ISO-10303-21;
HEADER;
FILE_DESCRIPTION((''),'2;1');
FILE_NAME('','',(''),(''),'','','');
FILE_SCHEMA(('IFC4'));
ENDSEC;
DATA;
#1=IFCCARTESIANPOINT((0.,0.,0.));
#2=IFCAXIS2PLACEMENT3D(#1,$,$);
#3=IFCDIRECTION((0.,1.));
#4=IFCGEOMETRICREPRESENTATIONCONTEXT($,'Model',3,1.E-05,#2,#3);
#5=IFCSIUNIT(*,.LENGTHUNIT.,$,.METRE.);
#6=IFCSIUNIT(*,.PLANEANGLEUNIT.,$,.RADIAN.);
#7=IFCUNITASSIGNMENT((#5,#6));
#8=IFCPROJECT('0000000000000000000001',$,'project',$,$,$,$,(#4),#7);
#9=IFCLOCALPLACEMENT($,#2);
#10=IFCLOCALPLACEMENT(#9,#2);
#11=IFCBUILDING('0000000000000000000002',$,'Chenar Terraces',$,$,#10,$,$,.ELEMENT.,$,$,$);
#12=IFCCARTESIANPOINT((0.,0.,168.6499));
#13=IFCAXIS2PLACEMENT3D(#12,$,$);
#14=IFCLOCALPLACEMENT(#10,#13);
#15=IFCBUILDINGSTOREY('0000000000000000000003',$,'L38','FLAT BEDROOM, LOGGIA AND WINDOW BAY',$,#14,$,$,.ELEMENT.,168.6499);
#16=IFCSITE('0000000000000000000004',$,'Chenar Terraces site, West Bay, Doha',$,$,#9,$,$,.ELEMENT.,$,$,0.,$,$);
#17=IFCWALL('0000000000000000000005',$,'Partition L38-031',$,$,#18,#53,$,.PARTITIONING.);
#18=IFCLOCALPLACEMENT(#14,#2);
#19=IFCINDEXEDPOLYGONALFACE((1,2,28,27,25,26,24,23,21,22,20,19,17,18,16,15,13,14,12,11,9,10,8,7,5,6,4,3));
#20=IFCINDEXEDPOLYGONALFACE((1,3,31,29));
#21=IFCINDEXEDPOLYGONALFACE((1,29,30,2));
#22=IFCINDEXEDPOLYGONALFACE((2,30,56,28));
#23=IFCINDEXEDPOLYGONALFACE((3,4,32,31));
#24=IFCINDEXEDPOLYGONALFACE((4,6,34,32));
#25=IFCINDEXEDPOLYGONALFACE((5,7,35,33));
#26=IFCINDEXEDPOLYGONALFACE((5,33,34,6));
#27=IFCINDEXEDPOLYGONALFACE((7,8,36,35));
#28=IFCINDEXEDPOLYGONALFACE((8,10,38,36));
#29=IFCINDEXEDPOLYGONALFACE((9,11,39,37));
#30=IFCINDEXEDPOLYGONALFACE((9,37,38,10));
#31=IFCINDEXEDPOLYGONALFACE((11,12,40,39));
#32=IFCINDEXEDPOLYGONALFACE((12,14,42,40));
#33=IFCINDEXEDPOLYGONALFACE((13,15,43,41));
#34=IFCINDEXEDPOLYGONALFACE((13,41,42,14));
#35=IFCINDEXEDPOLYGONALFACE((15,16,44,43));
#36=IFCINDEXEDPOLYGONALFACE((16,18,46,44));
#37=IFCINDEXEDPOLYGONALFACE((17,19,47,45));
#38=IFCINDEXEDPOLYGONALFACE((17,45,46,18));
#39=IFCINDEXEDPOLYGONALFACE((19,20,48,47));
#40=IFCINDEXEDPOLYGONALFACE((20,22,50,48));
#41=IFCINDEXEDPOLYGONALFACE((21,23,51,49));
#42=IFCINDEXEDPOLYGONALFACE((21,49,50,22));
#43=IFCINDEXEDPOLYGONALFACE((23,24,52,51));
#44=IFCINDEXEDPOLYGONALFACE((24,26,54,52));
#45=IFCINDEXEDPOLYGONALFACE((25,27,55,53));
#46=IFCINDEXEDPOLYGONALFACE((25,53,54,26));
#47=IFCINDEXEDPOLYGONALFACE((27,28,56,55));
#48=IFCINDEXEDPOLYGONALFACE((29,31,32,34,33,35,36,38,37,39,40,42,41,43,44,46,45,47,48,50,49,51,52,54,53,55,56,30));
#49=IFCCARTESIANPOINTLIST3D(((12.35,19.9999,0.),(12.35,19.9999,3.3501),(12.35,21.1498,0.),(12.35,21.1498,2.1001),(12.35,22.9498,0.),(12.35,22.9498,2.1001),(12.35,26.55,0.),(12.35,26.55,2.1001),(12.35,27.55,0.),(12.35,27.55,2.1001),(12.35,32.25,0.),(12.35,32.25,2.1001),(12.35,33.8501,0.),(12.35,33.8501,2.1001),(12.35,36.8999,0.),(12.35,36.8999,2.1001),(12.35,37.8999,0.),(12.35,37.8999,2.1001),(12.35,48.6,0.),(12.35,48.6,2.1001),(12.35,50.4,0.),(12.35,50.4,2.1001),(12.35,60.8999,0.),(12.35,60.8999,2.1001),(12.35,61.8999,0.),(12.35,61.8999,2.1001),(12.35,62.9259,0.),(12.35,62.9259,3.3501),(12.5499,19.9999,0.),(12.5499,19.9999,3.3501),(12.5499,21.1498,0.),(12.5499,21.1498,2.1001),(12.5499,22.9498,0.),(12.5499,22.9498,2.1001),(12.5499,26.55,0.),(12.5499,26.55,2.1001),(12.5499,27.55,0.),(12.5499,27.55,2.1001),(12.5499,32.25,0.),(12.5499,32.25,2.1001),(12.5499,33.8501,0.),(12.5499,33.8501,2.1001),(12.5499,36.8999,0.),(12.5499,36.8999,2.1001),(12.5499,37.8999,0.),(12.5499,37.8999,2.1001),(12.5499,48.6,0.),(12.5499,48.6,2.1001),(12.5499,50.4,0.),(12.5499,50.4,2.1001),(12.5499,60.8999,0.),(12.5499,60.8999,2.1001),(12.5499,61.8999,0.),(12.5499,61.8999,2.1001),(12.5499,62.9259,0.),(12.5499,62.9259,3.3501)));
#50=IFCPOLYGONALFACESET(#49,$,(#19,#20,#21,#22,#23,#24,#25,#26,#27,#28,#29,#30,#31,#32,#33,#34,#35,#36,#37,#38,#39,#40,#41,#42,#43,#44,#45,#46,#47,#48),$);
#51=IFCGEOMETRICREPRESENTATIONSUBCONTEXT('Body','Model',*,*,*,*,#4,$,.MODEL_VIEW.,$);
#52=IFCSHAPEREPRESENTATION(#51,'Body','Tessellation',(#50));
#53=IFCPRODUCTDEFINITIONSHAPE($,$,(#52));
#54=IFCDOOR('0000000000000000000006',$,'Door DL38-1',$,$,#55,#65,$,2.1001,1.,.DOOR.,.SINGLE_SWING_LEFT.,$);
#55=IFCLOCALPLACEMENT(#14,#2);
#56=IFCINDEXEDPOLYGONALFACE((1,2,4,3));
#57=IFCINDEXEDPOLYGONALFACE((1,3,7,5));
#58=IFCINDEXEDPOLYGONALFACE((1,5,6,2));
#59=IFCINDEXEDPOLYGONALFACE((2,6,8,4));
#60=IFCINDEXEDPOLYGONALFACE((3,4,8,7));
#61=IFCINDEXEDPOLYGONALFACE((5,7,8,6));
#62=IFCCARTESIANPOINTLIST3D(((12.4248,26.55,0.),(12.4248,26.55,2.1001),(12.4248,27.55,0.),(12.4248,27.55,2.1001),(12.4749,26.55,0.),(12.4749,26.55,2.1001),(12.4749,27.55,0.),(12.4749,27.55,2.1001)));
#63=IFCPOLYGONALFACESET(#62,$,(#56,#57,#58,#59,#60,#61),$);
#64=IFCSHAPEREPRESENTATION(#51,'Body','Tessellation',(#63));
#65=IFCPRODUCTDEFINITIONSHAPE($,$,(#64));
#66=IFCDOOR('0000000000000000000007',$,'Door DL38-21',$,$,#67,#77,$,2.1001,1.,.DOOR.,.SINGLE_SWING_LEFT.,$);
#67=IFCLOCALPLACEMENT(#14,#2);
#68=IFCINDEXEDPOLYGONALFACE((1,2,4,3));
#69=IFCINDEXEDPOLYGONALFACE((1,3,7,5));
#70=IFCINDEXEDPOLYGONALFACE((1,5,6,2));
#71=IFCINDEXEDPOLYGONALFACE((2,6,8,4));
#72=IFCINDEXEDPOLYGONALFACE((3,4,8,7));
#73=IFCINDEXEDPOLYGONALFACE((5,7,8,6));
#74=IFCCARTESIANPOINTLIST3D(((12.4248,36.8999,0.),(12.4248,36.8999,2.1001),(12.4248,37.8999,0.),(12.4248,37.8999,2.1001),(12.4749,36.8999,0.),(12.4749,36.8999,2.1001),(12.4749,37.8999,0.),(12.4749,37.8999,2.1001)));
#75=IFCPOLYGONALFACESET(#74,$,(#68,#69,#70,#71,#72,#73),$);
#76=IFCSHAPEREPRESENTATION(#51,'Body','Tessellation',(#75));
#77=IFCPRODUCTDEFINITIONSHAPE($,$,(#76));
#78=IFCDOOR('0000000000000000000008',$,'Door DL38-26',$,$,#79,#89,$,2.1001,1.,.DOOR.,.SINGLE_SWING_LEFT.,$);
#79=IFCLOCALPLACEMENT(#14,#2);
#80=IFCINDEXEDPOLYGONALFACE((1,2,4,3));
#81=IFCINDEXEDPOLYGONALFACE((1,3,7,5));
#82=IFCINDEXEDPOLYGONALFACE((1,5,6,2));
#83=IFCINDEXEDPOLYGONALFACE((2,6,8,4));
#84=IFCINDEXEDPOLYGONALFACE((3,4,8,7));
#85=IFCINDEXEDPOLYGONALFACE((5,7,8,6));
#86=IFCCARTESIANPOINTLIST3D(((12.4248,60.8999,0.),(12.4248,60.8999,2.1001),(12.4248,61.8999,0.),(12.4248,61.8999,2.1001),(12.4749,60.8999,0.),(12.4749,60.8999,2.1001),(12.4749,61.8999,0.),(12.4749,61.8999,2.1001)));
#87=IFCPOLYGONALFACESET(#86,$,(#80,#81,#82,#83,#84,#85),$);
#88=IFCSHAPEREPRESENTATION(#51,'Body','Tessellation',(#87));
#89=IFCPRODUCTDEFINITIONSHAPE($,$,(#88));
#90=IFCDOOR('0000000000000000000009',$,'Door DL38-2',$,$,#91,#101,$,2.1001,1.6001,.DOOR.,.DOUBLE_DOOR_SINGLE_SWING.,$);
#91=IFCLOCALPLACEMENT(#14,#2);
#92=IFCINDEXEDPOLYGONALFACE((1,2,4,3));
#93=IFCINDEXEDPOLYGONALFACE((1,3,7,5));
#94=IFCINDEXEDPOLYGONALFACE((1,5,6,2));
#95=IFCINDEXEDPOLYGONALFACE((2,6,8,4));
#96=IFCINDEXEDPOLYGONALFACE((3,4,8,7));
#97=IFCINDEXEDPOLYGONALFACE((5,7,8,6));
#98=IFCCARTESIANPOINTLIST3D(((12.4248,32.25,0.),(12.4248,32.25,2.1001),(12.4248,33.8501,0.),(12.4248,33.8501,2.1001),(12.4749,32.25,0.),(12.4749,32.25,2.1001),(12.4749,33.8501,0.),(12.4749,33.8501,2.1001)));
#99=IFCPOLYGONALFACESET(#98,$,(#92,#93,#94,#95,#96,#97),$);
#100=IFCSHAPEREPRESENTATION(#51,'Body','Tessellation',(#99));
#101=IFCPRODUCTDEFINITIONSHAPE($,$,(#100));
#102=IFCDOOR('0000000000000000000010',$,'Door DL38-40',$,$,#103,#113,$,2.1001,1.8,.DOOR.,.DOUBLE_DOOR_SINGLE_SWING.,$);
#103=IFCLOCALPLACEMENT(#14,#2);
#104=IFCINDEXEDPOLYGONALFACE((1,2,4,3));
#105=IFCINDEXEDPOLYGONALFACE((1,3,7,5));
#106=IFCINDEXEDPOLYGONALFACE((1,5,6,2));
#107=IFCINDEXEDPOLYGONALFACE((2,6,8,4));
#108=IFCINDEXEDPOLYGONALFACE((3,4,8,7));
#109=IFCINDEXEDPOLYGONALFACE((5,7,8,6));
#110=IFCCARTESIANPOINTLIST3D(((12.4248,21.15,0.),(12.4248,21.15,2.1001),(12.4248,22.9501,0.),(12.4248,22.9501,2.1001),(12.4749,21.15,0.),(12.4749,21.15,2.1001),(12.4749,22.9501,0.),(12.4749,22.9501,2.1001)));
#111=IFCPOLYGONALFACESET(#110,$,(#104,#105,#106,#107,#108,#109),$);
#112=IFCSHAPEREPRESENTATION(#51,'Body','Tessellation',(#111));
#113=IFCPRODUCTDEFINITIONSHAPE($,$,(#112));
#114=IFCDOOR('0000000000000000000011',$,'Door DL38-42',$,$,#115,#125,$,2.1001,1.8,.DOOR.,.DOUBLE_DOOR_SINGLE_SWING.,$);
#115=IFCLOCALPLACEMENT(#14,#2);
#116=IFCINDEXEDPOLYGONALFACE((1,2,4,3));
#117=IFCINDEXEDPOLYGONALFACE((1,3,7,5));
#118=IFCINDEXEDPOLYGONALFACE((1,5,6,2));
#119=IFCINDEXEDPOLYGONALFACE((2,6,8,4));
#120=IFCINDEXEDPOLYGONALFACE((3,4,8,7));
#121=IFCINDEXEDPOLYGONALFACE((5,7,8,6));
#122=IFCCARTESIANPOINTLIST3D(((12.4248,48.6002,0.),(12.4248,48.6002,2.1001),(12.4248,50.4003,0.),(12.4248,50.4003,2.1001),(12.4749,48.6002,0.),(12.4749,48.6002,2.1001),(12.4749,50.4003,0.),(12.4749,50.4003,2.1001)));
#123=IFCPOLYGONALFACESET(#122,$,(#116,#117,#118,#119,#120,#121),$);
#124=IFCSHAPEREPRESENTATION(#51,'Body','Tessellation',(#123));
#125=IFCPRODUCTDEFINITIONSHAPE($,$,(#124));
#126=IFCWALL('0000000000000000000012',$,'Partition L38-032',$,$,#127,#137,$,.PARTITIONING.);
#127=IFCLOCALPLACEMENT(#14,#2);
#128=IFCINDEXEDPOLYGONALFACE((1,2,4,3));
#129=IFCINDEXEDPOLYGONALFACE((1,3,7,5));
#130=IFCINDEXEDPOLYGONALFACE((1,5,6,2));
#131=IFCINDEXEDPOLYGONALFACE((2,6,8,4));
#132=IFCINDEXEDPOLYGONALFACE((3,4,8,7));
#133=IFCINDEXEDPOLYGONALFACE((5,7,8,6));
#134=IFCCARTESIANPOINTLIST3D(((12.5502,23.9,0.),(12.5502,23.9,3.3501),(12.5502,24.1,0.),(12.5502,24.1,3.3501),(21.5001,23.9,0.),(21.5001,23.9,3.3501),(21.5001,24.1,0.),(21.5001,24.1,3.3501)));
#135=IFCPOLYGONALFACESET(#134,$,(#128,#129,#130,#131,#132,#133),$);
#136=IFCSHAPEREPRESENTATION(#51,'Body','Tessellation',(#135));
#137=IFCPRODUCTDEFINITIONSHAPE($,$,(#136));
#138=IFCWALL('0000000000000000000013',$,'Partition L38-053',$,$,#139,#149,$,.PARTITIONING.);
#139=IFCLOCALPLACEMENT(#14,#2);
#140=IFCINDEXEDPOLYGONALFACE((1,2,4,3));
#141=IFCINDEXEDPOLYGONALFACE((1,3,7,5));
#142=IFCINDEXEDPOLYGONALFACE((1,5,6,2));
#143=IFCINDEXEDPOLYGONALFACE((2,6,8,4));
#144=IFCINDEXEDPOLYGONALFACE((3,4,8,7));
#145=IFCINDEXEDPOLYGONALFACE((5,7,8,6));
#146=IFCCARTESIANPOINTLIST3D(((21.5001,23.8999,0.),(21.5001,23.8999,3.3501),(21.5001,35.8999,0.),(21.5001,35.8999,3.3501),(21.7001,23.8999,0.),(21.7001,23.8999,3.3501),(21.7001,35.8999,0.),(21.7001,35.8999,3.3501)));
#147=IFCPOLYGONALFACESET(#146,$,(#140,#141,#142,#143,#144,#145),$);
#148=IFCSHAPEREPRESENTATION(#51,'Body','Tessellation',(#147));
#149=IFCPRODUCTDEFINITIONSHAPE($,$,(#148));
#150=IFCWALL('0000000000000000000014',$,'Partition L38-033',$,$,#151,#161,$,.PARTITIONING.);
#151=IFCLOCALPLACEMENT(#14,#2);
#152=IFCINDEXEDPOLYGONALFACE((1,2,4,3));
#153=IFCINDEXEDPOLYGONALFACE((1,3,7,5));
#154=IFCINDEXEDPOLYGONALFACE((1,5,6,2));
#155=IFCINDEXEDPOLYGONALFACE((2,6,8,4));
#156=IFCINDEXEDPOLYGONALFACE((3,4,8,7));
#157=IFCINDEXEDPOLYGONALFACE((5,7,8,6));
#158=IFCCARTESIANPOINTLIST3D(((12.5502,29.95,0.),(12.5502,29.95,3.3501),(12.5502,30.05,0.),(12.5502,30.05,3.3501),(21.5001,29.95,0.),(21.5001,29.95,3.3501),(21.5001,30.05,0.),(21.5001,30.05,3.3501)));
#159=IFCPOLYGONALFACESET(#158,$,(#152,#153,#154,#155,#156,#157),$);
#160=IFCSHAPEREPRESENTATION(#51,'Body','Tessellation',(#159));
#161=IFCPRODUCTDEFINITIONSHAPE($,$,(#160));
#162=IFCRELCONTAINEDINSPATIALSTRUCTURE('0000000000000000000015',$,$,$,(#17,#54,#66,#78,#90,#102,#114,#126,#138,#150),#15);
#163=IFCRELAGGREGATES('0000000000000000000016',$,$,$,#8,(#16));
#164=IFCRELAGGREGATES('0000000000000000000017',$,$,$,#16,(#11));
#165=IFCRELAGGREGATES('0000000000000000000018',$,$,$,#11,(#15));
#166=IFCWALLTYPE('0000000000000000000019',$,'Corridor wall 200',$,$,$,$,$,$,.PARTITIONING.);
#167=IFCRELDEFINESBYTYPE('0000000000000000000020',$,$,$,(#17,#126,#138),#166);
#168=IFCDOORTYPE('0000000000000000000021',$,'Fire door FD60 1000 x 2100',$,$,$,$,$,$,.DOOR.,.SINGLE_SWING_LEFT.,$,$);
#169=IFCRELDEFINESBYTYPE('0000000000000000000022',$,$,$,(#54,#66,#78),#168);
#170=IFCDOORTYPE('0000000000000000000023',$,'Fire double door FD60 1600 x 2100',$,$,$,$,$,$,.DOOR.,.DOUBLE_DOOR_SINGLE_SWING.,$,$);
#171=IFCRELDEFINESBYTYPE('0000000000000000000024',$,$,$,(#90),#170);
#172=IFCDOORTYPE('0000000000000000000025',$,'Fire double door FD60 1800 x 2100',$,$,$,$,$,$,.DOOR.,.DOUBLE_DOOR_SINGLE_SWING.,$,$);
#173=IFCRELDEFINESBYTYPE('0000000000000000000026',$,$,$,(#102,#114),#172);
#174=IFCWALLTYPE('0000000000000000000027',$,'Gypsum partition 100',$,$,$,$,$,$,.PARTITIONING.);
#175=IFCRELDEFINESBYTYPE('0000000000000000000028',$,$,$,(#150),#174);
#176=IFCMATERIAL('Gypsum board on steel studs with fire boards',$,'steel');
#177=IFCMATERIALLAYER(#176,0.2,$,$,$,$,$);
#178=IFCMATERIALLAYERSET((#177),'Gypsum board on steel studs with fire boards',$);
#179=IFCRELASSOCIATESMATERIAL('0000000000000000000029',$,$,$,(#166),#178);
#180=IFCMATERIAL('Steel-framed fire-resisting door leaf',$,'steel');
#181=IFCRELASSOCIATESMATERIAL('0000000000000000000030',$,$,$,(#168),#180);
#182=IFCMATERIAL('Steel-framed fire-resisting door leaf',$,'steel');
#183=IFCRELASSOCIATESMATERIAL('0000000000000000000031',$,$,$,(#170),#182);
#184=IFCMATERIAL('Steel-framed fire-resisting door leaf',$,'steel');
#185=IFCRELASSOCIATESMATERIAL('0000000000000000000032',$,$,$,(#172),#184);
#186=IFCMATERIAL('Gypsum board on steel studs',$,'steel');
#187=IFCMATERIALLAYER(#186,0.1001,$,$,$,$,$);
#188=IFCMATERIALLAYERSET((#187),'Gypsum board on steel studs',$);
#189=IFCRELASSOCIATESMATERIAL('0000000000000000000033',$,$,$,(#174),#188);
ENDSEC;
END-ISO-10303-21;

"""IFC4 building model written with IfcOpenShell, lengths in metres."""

from ifc_helpers import new_model, si_unit, direction, frame, frame_2d, origin, place, context, subcontext, project, spatial, rectangle, extrude, material, layer, layer_set, type_object, element, fill, save


model = new_model("IFC4")

# Units and contexts
model_context = context("Model", 3, precision=1e-05, world=origin(), true_north=direction((0.0, 1.0)))
body_context = subcontext(model_context, "Body", "Model", "MODEL_VIEW")
ifc_project = project(units=[si_unit("LENGTHUNIT", "METRE"), si_unit("PLANEANGLEUNIT", "RADIAN")], contexts=[model_context])

# Site, building, storey
site_placement = place(None, origin())
site = spatial("IfcSite", under=ifc_project, at=site_placement, Name="Chenar Terraces site, West Bay, Doha", CompositionType="ELEMENT", RefElevation=0.0)
building_placement = place(site_placement, origin())
building = spatial("IfcBuilding", under=site, at=building_placement, Name="Chenar Terraces", CompositionType="ELEMENT")
storey_placement = place(building_placement, frame((0.0, 0.0, 168.6499)))
storey = spatial("IfcBuildingStorey", under=building, at=storey_placement, Name="L38", Description="FLAT BEDROOM, LOGGIA AND WINDOW BAY", CompositionType="ELEMENT", Elevation=168.6499)

# Wall, openings, doors
ifc_material_1 = material(Name="Gypsum board on steel studs with fire boards", Category="steel")
ifc_layer_1 = layer(ifc_material_1, 0.2)
ifc_layer_set_1 = layer_set([ifc_layer_1], Name="Gypsum board on steel studs with fire boards")
wall_type_1 = type_object("IfcWallType", Name="Corridor wall 200", PredefinedType="PARTITIONING", material=ifc_layer_set_1)
wall_1_placement = place(storey_placement, frame((12.45, 20.0, 0.0), z_axis=(0.0, 0.0, 1.0), x_axis=(0.0, 1.0, 0.0)))
wall_1 = element("IfcWall", 1, at=wall_1_placement, inside=storey, type_object=wall_type_1, Name="Partition L38-031", PredefinedType="PARTITIONING", context=body_context, shape_type="SweptSolid", body=[
    extrude(rectangle(XDim=42.926, YDim=0.2, at=frame_2d((21.4629, 0.0))), origin(), (0.0, 0.0, 1.0), 3.3501),
])
opening_1_placement = place(wall_1_placement, frame((6.55, 0.0, 0.0)))
opening_1 = element("IfcOpeningElement", 2, at=opening_1_placement, cuts=wall_1, PredefinedType="OPENING", context=body_context, shape_type="SweptSolid", body=[
    extrude(rectangle(XDim=1.0, YDim=2.1001, at=frame_2d((0.5, 1.05))), frame((0.0, 0.1099, 0.0), z_axis=(0.0, -1.0, 0.0), x_axis=(1.0, 0.0, 0.0)), (0.0, 0.0, 1.0), 0.22),
])
opening_2_placement = place(wall_1_placement, frame((12.25, 0.0, 0.0)))
opening_2 = element("IfcOpeningElement", 3, at=opening_2_placement, cuts=wall_1, PredefinedType="OPENING", context=body_context, shape_type="SweptSolid", body=[
    extrude(rectangle(XDim=1.6001, YDim=2.1001, at=frame_2d((0.8, 1.05))), frame((0.0, 0.1099, 0.0), z_axis=(0.0, -1.0, 0.0), x_axis=(1.0, 0.0, 0.0)), (0.0, 0.0, 1.0), 0.22),
])
opening_3_placement = place(wall_1_placement, frame((16.8999, 0.0, 0.0)))
opening_3 = element("IfcOpeningElement", 4, at=opening_3_placement, cuts=wall_1, PredefinedType="OPENING", context=body_context, shape_type="SweptSolid", body=[
    extrude(rectangle(XDim=1.0, YDim=2.1001, at=frame_2d((0.5, 1.05))), frame((0.0, 0.1099, 0.0), z_axis=(0.0, -1.0, 0.0), x_axis=(1.0, 0.0, 0.0)), (0.0, 0.0, 1.0), 0.22),
])
opening_4_placement = place(wall_1_placement, frame((40.8999, 0.0, 0.0)))
opening_4 = element("IfcOpeningElement", 5, at=opening_4_placement, cuts=wall_1, PredefinedType="OPENING", context=body_context, shape_type="SweptSolid", body=[
    extrude(rectangle(XDim=1.0, YDim=2.1001, at=frame_2d((0.5, 1.05))), frame((0.0, 0.1099, 0.0), z_axis=(0.0, -1.0, 0.0), x_axis=(1.0, 0.0, 0.0)), (0.0, 0.0, 1.0), 0.22),
])
opening_5_placement = place(wall_1_placement, frame((1.1499, 0.0, 0.0)))
opening_5 = element("IfcOpeningElement", 6, at=opening_5_placement, cuts=wall_1, PredefinedType="OPENING", context=body_context, shape_type="SweptSolid", body=[
    extrude(rectangle(XDim=1.8, YDim=2.1001, at=frame_2d((0.8999, 1.05))), frame((0.0, 0.1099, 0.0), z_axis=(0.0, -1.0, 0.0), x_axis=(1.0, 0.0, 0.0)), (0.0, 0.0, 1.0), 0.22),
])
opening_6_placement = place(wall_1_placement, frame((28.6001, 0.0, 0.0)))
opening_6 = element("IfcOpeningElement", 7, at=opening_6_placement, cuts=wall_1, PredefinedType="OPENING", context=body_context, shape_type="SweptSolid", body=[
    extrude(rectangle(XDim=1.8, YDim=2.1001, at=frame_2d((0.8999, 1.05))), frame((0.0, 0.1099, 0.0), z_axis=(0.0, -1.0, 0.0), x_axis=(1.0, 0.0, 0.0)), (0.0, 0.0, 1.0), 0.22),
])
ifc_material_2 = material(Name="Steel-framed fire-resisting door leaf", Category="steel")
door_type_1 = type_object("IfcDoorType", Name="Fire door FD60 1000 x 2100", OperationType="SINGLE_SWING_LEFT", PredefinedType="DOOR", material=ifc_material_2)
door_1_placement = place(opening_1_placement, frame((1.0, 0.0, 0.0), z_axis=(0.0, 0.0, 1.0), x_axis=(-1.0, 0.0, 0.0)))
door_1 = element("IfcDoor", 8, at=door_1_placement, inside=storey, type_object=door_type_1, Name="Door DL38-1", OperationType="SINGLE_SWING_LEFT", OverallHeight=2.1001, OverallWidth=1.0, PredefinedType="DOOR", context=body_context, shape_type="SweptSolid", body=[
    extrude(rectangle(XDim=1.0, YDim=2.1001, at=frame_2d((0.5, 1.05))), frame((0.0, 0.0249, 0.0), z_axis=(0.0, -1.0, 0.0), x_axis=(1.0, 0.0, 0.0)), (0.0, 0.0, 1.0), 0.05),
])
fill(opening_1, door_1)
door_2_placement = place(opening_3_placement, frame((1.0, 0.0, 0.0), z_axis=(0.0, 0.0, 1.0), x_axis=(-1.0, 0.0, 0.0)))
door_2 = element("IfcDoor", 9, at=door_2_placement, inside=storey, type_object=door_type_1, Name="Door DL38-21", OperationType="SINGLE_SWING_LEFT", OverallHeight=2.1001, OverallWidth=1.0, PredefinedType="DOOR", context=body_context, shape_type="SweptSolid", body=[
    extrude(rectangle(XDim=1.0, YDim=2.1001, at=frame_2d((0.5, 1.05))), frame((0.0, 0.0249, 0.0), z_axis=(0.0, -1.0, 0.0), x_axis=(1.0, 0.0, 0.0)), (0.0, 0.0, 1.0), 0.05),
])
fill(opening_3, door_2)
door_3_placement = place(opening_4_placement, frame((1.0, 0.0, 0.0), z_axis=(0.0, 0.0, 1.0), x_axis=(-1.0, 0.0, 0.0)))
door_3 = element("IfcDoor", 10, at=door_3_placement, inside=storey, type_object=door_type_1, Name="Door DL38-26", OperationType="SINGLE_SWING_LEFT", OverallHeight=2.1001, OverallWidth=1.0, PredefinedType="DOOR", context=body_context, shape_type="SweptSolid", body=[
    extrude(rectangle(XDim=1.0, YDim=2.1001, at=frame_2d((0.5, 1.05))), frame((0.0, 0.0249, 0.0), z_axis=(0.0, -1.0, 0.0), x_axis=(1.0, 0.0, 0.0)), (0.0, 0.0, 1.0), 0.05),
])
fill(opening_4, door_3)
ifc_material_3 = material(Name="Steel-framed fire-resisting door leaf", Category="steel")
door_type_2 = type_object("IfcDoorType", Name="Fire double door FD60 1600 x 2100", OperationType="DOUBLE_DOOR_SINGLE_SWING", PredefinedType="DOOR", material=ifc_material_3)
door_4_placement = place(opening_2_placement, frame((1.6001, 0.0, 0.0), z_axis=(0.0, 0.0, 1.0), x_axis=(-1.0, 0.0, 0.0)))
door_4 = element("IfcDoor", 11, at=door_4_placement, inside=storey, type_object=door_type_2, Name="Door DL38-2", OperationType="DOUBLE_DOOR_SINGLE_SWING", OverallHeight=2.1001, OverallWidth=1.6001, PredefinedType="DOOR", context=body_context, shape_type="SweptSolid", body=[
    extrude(rectangle(XDim=1.6001, YDim=2.1001, at=frame_2d((0.8, 1.05))), frame((0.0, 0.0249, 0.0), z_axis=(0.0, -1.0, 0.0), x_axis=(1.0, 0.0, 0.0)), (0.0, 0.0, 1.0), 0.05),
])
fill(opening_2, door_4)
ifc_material_4 = material(Name="Steel-framed fire-resisting door leaf", Category="steel")
door_type_3 = type_object("IfcDoorType", Name="Fire double door FD60 1800 x 2100", OperationType="DOUBLE_DOOR_SINGLE_SWING", PredefinedType="DOOR", material=ifc_material_4)
door_5_placement = place(opening_5_placement, frame((1.8, 0.0, 0.0), z_axis=(0.0, 0.0, 1.0), x_axis=(-1.0, 0.0, 0.0)))
door_5 = element("IfcDoor", 12, at=door_5_placement, inside=storey, type_object=door_type_3, Name="Door DL38-40", OperationType="DOUBLE_DOOR_SINGLE_SWING", OverallHeight=2.1001, OverallWidth=1.8, PredefinedType="DOOR", context=body_context, shape_type="SweptSolid", body=[
    extrude(rectangle(XDim=1.8, YDim=2.1001, at=frame_2d((0.8999, 1.05))), frame((0.0, 0.0249, 0.0), z_axis=(0.0, -1.0, 0.0), x_axis=(1.0, 0.0, 0.0)), (0.0, 0.0, 1.0), 0.05),
])
fill(opening_5, door_5)
door_6_placement = place(opening_6_placement, frame((1.8, 0.0, 0.0), z_axis=(0.0, 0.0, 1.0), x_axis=(-1.0, 0.0, 0.0)))
door_6 = element("IfcDoor", 13, at=door_6_placement, inside=storey, type_object=door_type_3, Name="Door DL38-42", OperationType="DOUBLE_DOOR_SINGLE_SWING", OverallHeight=2.1001, OverallWidth=1.8, PredefinedType="DOOR", context=body_context, shape_type="SweptSolid", body=[
    extrude(rectangle(XDim=1.8, YDim=2.1001, at=frame_2d((0.8999, 1.05))), frame((0.0, 0.0249, 0.0), z_axis=(0.0, -1.0, 0.0), x_axis=(1.0, 0.0, 0.0)), (0.0, 0.0, 1.0), 0.05),
])
fill(opening_6, door_6)

# Walls
wall_2_placement = place(storey_placement, frame((12.55, 24.0, 0.0), z_axis=(0.0, 0.0, 1.0), x_axis=(1.0, 0.0, 0.0)))
element("IfcWall", 14, at=wall_2_placement, inside=storey, type_object=wall_type_1, Name="Partition L38-032", PredefinedType="PARTITIONING", context=body_context, shape_type="SweptSolid", body=[
    extrude(rectangle(XDim=8.95, YDim=0.2, at=frame_2d((4.4751, 0.0))), origin(), (0.0, 0.0, 1.0), 3.3501),
])
wall_3_placement = place(storey_placement, frame((21.6001, 23.8999, 0.0), z_axis=(0.0, 0.0, 1.0), x_axis=(0.0, 1.0, 0.0)))
element("IfcWall", 15, at=wall_3_placement, inside=storey, type_object=wall_type_1, Name="Partition L38-053", PredefinedType="PARTITIONING", context=body_context, shape_type="SweptSolid", body=[
    extrude(rectangle(XDim=12.0, YDim=0.2, at=frame_2d((6.0, 0.0))), origin(), (0.0, 0.0, 1.0), 3.3501),
])
ifc_material_5 = material(Name="Gypsum board on steel studs", Category="steel")
ifc_layer_2 = layer(ifc_material_5, 0.1001)
ifc_layer_set_2 = layer_set([ifc_layer_2], Name="Gypsum board on steel studs")
wall_type_2 = type_object("IfcWallType", Name="Gypsum partition 100", PredefinedType="PARTITIONING", material=ifc_layer_set_2)
wall_4_placement = place(storey_placement, frame((12.55, 30.0, 0.0), z_axis=(0.0, 0.0, 1.0), x_axis=(1.0, 0.0, 0.0)))
element("IfcWall", 16, at=wall_4_placement, inside=storey, type_object=wall_type_2, Name="Partition L38-033", PredefinedType="PARTITIONING", context=body_context, shape_type="SweptSolid", body=[
    extrude(rectangle(XDim=8.95, YDim=0.1001, at=frame_2d((4.4751, 0.0))), origin(), (0.0, 0.0, 1.0), 3.3501),
])

save(model, "model.ifc")
